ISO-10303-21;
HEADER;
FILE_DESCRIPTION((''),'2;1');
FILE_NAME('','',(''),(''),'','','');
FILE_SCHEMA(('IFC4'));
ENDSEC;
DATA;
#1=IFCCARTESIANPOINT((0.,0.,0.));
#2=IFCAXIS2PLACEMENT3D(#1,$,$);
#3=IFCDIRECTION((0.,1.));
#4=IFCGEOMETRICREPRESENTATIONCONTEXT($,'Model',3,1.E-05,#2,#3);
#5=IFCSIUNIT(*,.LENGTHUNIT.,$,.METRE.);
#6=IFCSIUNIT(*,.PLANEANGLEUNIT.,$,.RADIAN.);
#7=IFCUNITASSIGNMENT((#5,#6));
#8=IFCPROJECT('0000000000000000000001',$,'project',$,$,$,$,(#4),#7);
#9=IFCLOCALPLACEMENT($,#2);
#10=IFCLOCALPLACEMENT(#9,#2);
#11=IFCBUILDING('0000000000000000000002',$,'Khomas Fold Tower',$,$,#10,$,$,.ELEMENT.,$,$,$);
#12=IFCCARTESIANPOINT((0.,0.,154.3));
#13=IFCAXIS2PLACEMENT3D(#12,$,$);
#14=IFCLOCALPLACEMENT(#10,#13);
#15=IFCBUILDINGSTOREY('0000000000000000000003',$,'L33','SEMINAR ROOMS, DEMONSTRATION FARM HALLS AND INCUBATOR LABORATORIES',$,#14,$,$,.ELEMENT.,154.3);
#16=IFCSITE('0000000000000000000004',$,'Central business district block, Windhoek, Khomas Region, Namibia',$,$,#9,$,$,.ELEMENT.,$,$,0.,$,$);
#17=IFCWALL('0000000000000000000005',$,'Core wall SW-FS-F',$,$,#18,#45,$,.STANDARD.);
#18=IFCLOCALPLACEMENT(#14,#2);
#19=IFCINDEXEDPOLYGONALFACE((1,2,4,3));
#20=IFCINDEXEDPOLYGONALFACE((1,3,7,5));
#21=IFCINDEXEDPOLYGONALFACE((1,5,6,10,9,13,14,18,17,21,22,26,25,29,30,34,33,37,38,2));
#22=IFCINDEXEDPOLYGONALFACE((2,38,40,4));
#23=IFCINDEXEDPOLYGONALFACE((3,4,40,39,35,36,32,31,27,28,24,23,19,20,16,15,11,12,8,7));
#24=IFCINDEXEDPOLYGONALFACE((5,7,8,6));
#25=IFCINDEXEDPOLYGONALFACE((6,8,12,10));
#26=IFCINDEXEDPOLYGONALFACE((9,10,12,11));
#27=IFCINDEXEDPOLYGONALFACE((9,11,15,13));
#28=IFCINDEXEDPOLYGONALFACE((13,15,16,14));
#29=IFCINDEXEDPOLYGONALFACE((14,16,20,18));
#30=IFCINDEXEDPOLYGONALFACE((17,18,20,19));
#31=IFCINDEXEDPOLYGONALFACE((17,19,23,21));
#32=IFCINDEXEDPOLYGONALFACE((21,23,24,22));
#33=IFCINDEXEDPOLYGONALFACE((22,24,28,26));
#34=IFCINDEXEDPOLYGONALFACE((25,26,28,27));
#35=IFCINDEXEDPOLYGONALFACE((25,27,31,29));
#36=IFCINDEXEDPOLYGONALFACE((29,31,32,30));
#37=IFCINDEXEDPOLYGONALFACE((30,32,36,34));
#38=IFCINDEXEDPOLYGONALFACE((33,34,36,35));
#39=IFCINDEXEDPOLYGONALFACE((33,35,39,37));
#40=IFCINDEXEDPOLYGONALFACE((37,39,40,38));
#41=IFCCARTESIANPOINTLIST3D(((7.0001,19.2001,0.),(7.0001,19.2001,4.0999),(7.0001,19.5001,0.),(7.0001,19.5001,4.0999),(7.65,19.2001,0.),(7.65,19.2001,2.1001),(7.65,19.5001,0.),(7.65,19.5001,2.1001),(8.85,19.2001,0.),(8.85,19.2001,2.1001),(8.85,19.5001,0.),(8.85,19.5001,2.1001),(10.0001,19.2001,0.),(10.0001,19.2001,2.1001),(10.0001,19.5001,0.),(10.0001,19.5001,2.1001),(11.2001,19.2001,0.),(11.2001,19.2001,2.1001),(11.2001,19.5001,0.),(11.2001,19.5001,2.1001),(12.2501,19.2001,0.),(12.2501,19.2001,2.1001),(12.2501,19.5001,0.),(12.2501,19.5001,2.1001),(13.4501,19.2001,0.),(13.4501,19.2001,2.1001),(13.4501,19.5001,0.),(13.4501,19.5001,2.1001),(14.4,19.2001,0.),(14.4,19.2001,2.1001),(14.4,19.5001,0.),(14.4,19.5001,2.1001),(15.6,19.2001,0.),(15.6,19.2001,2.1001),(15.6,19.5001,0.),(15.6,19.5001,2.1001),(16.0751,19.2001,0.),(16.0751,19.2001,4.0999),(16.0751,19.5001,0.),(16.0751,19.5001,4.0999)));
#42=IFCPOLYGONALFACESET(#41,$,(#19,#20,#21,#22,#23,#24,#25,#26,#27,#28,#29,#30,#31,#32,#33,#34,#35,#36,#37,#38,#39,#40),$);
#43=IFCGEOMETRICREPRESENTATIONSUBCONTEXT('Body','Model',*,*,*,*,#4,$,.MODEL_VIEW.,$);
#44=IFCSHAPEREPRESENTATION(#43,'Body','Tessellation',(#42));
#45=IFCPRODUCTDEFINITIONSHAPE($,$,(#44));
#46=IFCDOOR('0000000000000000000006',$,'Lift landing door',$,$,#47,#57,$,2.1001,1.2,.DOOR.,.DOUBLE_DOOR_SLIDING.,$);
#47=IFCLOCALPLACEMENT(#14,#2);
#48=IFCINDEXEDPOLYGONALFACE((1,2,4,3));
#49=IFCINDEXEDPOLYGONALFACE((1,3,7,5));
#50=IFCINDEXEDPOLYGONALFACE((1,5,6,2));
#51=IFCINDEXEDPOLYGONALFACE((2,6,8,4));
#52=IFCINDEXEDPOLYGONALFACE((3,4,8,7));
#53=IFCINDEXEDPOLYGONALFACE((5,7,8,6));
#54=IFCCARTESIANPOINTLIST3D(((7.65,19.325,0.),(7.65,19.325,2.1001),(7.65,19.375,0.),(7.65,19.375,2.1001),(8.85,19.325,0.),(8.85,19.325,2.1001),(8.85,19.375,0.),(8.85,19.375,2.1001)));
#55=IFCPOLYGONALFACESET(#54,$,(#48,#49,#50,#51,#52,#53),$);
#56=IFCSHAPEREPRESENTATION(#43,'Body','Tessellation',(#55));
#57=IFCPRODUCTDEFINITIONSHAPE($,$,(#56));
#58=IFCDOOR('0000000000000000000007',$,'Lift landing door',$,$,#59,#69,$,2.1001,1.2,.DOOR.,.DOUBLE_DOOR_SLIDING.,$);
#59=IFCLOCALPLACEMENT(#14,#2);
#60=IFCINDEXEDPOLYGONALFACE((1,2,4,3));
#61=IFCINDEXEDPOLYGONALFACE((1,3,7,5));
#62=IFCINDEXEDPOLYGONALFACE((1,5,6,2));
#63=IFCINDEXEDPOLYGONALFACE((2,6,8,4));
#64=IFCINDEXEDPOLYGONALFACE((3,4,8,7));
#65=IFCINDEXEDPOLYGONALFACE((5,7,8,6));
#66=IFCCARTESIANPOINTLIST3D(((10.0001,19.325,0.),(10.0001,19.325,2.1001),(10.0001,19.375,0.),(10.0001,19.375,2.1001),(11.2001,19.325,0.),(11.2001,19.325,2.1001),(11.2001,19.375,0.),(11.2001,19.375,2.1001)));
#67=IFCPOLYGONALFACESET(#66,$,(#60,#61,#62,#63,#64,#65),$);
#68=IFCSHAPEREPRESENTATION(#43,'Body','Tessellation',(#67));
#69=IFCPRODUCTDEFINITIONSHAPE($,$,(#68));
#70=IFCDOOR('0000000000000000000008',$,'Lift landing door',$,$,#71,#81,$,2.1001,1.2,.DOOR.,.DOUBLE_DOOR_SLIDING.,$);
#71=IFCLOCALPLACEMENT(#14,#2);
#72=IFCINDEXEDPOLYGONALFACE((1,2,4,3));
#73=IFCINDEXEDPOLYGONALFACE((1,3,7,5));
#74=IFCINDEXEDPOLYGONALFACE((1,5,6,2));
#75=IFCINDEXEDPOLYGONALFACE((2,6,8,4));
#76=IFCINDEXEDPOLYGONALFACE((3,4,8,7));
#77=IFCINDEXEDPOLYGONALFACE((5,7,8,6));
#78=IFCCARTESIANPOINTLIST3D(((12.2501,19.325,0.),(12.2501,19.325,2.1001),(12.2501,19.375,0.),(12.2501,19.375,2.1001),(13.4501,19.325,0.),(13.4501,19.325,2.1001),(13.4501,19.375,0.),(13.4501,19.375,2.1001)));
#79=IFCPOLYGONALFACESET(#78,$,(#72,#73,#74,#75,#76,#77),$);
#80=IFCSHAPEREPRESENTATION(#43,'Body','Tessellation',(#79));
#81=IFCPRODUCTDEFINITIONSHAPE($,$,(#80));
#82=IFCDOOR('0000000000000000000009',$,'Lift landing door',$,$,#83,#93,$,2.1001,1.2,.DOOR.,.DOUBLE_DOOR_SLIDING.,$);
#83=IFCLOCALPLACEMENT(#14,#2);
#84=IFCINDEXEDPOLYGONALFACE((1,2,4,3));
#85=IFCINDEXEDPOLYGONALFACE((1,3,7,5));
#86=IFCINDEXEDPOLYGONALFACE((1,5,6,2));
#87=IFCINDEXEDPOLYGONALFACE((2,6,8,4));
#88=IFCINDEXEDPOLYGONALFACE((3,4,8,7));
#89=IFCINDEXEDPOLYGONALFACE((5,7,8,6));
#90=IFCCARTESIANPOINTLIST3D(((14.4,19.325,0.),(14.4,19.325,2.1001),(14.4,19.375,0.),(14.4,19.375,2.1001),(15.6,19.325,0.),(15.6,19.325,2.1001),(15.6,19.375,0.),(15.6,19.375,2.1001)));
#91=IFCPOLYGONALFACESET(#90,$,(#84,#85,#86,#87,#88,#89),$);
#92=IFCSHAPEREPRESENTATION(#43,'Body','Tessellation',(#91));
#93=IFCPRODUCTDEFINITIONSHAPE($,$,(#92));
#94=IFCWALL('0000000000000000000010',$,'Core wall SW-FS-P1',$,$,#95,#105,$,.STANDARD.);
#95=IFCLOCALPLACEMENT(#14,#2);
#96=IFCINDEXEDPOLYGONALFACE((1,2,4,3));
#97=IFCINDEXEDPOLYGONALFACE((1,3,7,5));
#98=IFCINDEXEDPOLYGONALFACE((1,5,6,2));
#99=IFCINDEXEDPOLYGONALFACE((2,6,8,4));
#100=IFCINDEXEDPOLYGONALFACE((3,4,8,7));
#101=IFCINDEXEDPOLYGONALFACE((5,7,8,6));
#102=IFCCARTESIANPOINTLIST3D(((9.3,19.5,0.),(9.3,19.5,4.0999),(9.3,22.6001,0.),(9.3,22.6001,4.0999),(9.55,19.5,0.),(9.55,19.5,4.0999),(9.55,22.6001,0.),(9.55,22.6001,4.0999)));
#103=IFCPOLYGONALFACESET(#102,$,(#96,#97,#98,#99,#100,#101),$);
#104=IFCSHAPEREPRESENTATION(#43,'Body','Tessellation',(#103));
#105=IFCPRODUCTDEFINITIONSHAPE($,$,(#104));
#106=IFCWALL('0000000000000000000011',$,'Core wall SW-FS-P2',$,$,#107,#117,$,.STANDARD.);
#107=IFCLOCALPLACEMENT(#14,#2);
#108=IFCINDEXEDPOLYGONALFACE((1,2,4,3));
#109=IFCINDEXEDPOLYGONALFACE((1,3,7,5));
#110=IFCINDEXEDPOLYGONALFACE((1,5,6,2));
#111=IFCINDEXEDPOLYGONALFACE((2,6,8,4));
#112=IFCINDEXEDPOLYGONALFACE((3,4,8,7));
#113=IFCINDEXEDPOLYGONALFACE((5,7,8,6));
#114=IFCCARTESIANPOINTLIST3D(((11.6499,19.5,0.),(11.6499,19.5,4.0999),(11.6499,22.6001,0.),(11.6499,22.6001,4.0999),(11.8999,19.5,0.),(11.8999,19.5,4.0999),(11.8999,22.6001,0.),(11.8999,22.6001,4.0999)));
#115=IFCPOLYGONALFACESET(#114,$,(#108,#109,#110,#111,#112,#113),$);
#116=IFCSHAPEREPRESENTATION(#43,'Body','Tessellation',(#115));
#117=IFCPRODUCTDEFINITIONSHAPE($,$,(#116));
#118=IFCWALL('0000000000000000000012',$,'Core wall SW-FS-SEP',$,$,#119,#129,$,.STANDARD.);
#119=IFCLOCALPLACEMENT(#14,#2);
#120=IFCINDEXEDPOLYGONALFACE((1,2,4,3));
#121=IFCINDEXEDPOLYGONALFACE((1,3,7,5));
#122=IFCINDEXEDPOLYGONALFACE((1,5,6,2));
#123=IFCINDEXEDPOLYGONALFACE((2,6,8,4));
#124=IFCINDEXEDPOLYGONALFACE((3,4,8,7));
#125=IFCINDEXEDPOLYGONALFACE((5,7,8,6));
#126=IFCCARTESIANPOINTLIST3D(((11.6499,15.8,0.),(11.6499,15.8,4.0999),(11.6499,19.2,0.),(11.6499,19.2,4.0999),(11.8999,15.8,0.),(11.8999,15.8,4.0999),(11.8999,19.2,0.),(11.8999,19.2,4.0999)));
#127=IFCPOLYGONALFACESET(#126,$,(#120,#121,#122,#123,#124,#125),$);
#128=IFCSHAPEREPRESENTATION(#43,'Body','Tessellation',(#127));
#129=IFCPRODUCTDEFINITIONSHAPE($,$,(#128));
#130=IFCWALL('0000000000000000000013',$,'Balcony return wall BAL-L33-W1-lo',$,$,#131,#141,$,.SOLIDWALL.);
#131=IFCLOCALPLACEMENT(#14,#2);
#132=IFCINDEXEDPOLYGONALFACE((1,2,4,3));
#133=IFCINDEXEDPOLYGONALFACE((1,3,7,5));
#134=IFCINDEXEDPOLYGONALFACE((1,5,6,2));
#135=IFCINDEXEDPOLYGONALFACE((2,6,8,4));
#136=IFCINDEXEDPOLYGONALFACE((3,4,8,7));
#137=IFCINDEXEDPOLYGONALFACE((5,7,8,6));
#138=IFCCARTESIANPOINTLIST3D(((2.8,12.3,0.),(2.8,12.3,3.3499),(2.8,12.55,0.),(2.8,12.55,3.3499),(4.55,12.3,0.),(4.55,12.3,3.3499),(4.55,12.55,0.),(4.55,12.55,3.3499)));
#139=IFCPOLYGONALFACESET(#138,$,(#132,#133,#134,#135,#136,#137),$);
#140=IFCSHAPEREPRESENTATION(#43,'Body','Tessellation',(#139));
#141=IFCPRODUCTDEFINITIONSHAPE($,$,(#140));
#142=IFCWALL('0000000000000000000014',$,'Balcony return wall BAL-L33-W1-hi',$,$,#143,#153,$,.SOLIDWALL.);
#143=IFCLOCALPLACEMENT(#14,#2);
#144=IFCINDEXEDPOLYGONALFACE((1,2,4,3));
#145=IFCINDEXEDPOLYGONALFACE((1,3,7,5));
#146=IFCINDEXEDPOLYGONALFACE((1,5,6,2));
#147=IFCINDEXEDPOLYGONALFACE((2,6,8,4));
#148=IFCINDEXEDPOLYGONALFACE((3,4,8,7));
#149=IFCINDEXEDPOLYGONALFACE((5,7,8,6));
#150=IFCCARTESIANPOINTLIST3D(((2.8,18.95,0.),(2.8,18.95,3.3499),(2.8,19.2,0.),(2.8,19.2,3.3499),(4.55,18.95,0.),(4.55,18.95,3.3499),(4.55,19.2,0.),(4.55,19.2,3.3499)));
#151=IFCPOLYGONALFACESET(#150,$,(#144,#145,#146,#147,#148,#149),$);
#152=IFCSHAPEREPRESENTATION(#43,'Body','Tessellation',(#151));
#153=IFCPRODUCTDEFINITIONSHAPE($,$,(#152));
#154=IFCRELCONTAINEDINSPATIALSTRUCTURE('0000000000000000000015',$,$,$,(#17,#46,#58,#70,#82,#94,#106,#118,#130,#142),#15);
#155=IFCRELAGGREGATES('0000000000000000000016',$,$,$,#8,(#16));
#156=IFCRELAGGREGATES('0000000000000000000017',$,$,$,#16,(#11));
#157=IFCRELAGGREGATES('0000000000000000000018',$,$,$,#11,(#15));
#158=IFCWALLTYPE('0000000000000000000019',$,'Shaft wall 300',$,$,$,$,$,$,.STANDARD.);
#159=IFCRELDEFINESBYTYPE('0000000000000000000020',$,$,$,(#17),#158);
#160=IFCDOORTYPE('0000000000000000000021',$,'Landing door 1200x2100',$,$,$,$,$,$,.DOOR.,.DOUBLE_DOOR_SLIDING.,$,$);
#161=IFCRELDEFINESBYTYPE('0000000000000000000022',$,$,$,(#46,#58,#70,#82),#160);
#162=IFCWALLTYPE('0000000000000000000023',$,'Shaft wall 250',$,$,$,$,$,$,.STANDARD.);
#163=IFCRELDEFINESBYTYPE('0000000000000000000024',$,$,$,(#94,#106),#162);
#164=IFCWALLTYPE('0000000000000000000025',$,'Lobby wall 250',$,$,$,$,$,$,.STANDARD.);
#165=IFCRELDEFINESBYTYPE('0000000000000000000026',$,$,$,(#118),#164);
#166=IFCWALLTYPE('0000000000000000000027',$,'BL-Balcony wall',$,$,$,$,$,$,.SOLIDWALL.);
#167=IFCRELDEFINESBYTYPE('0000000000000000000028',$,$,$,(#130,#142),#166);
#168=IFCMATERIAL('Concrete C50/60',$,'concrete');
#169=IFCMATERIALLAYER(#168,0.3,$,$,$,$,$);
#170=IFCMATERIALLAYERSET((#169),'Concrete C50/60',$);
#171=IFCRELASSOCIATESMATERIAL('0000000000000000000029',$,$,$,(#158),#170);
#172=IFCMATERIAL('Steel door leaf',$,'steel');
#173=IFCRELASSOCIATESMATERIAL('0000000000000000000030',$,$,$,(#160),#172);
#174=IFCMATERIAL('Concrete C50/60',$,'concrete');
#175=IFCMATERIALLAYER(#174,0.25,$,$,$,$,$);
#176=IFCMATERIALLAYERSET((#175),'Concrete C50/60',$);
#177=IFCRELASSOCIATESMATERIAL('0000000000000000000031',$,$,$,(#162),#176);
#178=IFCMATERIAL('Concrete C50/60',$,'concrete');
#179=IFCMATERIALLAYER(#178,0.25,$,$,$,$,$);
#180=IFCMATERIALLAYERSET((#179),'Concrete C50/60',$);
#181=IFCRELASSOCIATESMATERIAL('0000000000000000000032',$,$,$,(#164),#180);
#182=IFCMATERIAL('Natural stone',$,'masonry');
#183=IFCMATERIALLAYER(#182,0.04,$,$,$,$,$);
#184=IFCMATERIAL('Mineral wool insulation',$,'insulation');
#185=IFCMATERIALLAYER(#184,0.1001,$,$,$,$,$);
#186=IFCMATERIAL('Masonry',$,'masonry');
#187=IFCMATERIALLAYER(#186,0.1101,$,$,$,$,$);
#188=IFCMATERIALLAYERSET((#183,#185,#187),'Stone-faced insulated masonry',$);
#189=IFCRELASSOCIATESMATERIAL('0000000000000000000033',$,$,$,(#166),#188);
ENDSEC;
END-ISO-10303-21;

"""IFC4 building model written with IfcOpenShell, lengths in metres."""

from ifc_helpers import new_model, si_unit, direction, frame, frame_2d, origin, place, context, subcontext, project, spatial, rectangle, extrude, source, transform, mapped, material, layer, layer_set, type_object, element, fill, save


model = new_model("IFC4")

# Units and contexts
model_context = context("Model", 3, precision=1e-05, world=origin(), true_north=direction((0.0, 1.0)))
body_context = subcontext(model_context, "Body", "Model", "MODEL_VIEW")
ifc_project = project(units=[si_unit("LENGTHUNIT", "METRE"), si_unit("PLANEANGLEUNIT", "RADIAN")], contexts=[model_context])

# Site, building, storey
site_placement = place(None, origin())
site = spatial("IfcSite", under=ifc_project, at=site_placement, Name="Central business district block, Windhoek, Khomas Region, Namibia", CompositionType="ELEMENT", RefElevation=0.0)
building_placement = place(site_placement, origin())
building = spatial("IfcBuilding", under=site, at=building_placement, Name="Khomas Fold Tower", CompositionType="ELEMENT")
storey_placement = place(building_placement, frame((0.0, 0.0, 154.3)))
storey = spatial("IfcBuildingStorey", under=building, at=storey_placement, Name="L33", Description="SEMINAR ROOMS, DEMONSTRATION FARM HALLS AND INCUBATOR LABORATORIES", CompositionType="ELEMENT", Elevation=154.3)

# Shared definitions
shared_shape_1 = source(origin(), body_context, "Body", "SweptSolid", [
    extrude(rectangle(XDim=1.2, YDim=2.1001, at=frame_2d((0.6001, 1.05))), frame((0.0, 0.0249, 0.0), z_axis=(0.0, -1.0, 0.0), x_axis=(1.0, 0.0, 0.0)), (0.0, 0.0, 1.0), 0.05),
])

# Shared definitions
ifc_material_1 = material(Name="Concrete C50/60", Category="concrete")
ifc_layer_1 = layer(ifc_material_1, 0.3)
ifc_layer_set_1 = layer_set([ifc_layer_1], Name="Concrete C50/60")
wall_type_1 = type_object("IfcWallType", Name="Shaft wall 300", PredefinedType="STANDARD", material=ifc_layer_set_1)

# Wall, openings, doors
shared_shape_2 = source(origin(), body_context, "Body", "SweptSolid", [
    extrude(rectangle(XDim=9.075, YDim=0.3, at=frame_2d((4.5376, 0.0))), origin(), (0.0, 0.0, 1.0), 4.0999),
])
wall_1_placement = place(storey_placement, frame((7.0, 19.3501, 0.0), z_axis=(0.0, 0.0, 1.0), x_axis=(1.0, 0.0, 0.0)))
wall_1 = element("IfcWall", 1, at=wall_1_placement, inside=storey, type_object=wall_type_1, Name="Core wall SW-FS-F", PredefinedType="STANDARD", context=body_context, shape_type="MappedRepresentation", body=[
    mapped(shared_shape_2, transform((0.0, 0.0, 0.0))),
])
shared_shape_3 = source(origin(), body_context, "Body", "SweptSolid", [
    extrude(rectangle(XDim=1.2, YDim=2.1001, at=frame_2d((0.6001, 1.05))), frame((0.0, 0.1599, 0.0), z_axis=(0.0, -1.0, 0.0), x_axis=(1.0, 0.0, 0.0)), (0.0, 0.0, 1.0), 0.3201),
])
opening_1_placement = place(wall_1_placement, frame((0.6499, 0.0, 0.0)))
opening_1 = element("IfcOpeningElement", 2, at=opening_1_placement, cuts=wall_1, PredefinedType="OPENING", context=body_context, shape_type="MappedRepresentation", body=[
    mapped(shared_shape_3, transform((0.0, 0.0, 0.0))),
])
opening_2_placement = place(wall_1_placement, frame((3.0, 0.0, 0.0)))
opening_2 = element("IfcOpeningElement", 3, at=opening_2_placement, cuts=wall_1, PredefinedType="OPENING", context=body_context, shape_type="MappedRepresentation", body=[
    mapped(shared_shape_3, transform((0.0, 0.0, 0.0))),
])
opening_3_placement = place(wall_1_placement, frame((5.25, 0.0, 0.0)))
opening_3 = element("IfcOpeningElement", 4, at=opening_3_placement, cuts=wall_1, PredefinedType="OPENING", context=body_context, shape_type="MappedRepresentation", body=[
    mapped(shared_shape_3, transform((0.0, 0.0, 0.0))),
])
opening_4_placement = place(wall_1_placement, frame((7.3999, 0.0, 0.0)))
opening_4 = element("IfcOpeningElement", 5, at=opening_4_placement, cuts=wall_1, PredefinedType="OPENING", context=body_context, shape_type="MappedRepresentation", body=[
    mapped(shared_shape_3, transform((0.0, 0.0, 0.0))),
])
ifc_material_2 = material(Name="Steel door leaf", Category="steel")
door_type_1 = type_object("IfcDoorType", Name="Landing door 1200x2100", OperationType="DOUBLE_DOOR_SLIDING", PredefinedType="DOOR", material=ifc_material_2)
door_1_placement = place(opening_1_placement, origin())
door_1 = element("IfcDoor", 6, at=door_1_placement, inside=storey, type_object=door_type_1, Name="Lift landing door", OperationType="DOUBLE_DOOR_SLIDING", OverallHeight=2.1001, OverallWidth=1.2, PredefinedType="DOOR", context=body_context, shape_type="MappedRepresentation", body=[
    mapped(shared_shape_1, transform((0.0, 0.0, 0.0))),
])
fill(opening_1, door_1)
door_2_placement = place(opening_2_placement, origin())
door_2 = element("IfcDoor", 7, at=door_2_placement, inside=storey, type_object=door_type_1, Name="Lift landing door", OperationType="DOUBLE_DOOR_SLIDING", OverallHeight=2.1001, OverallWidth=1.2, PredefinedType="DOOR", context=body_context, shape_type="MappedRepresentation", body=[
    mapped(shared_shape_1, transform((0.0, 0.0, 0.0))),
])
fill(opening_2, door_2)
door_3_placement = place(opening_3_placement, origin())
door_3 = element("IfcDoor", 8, at=door_3_placement, inside=storey, type_object=door_type_1, Name="Lift landing door", OperationType="DOUBLE_DOOR_SLIDING", OverallHeight=2.1001, OverallWidth=1.2, PredefinedType="DOOR", context=body_context, shape_type="MappedRepresentation", body=[
    mapped(shared_shape_1, transform((0.0, 0.0, 0.0))),
])
fill(opening_3, door_3)
door_4_placement = place(opening_4_placement, origin())
door_4 = element("IfcDoor", 9, at=door_4_placement, inside=storey, type_object=door_type_1, Name="Lift landing door", OperationType="DOUBLE_DOOR_SLIDING", OverallHeight=2.1001, OverallWidth=1.2, PredefinedType="DOOR", context=body_context, shape_type="MappedRepresentation", body=[
    mapped(shared_shape_1, transform((0.0, 0.0, 0.0))),
])
fill(opening_4, door_4)

# Walls
ifc_material_3 = material(Name="Concrete C50/60", Category="concrete")
ifc_layer_2 = layer(ifc_material_3, 0.25)
ifc_layer_set_2 = layer_set([ifc_layer_2], Name="Concrete C50/60")
wall_type_2 = type_object("IfcWallType", Name="Shaft wall 250", PredefinedType="STANDARD", material=ifc_layer_set_2)
shared_shape_4 = source(origin(), body_context, "Body", "SweptSolid", [
    extrude(rectangle(XDim=3.1001, YDim=0.25, at=frame_2d((1.55, 0.0))), origin(), (0.0, 0.0, 1.0), 4.0999),
])
for number, where, z_axis, x_axis, name in (
    (10, (9.425, 19.5, 0.0), (0.0, 0.0, 1.0), (0.0, 1.0, 0.0), "Core wall SW-FS-P1"),
    (11, (11.7749, 19.5, 0.0), (0.0, 0.0, 1.0), (0.0, 1.0, 0.0), "Core wall SW-FS-P2"),
):
    element("IfcWall", number, at=place(storey_placement, frame(where, z_axis=z_axis, x_axis=x_axis)), inside=storey, type_object=wall_type_2, Name=name, PredefinedType="STANDARD", context=body_context, shape_type="MappedRepresentation", body=[
        mapped(shared_shape_4, transform((0.0, 0.0, 0.0))),
    ])
ifc_material_4 = material(Name="Concrete C50/60", Category="concrete")
ifc_layer_3 = layer(ifc_material_4, 0.25)
ifc_layer_set_3 = layer_set([ifc_layer_3], Name="Concrete C50/60")
wall_type_3 = type_object("IfcWallType", Name="Lobby wall 250", PredefinedType="STANDARD", material=ifc_layer_set_3)
shared_shape_5 = source(origin(), body_context, "Body", "SweptSolid", [
    extrude(rectangle(XDim=3.3999, YDim=0.25, at=frame_2d((1.7, 0.0))), origin(), (0.0, 0.0, 1.0), 4.0999),
])
wall_2_placement = place(storey_placement, frame((11.7749, 15.8, 0.0), z_axis=(0.0, 0.0, 1.0), x_axis=(0.0, 1.0, 0.0)))
element("IfcWall", 12, at=wall_2_placement, inside=storey, type_object=wall_type_3, Name="Core wall SW-FS-SEP", PredefinedType="STANDARD", context=body_context, shape_type="MappedRepresentation", body=[
    mapped(shared_shape_5, transform((0.0, 0.0, 0.0))),
])

# Shared definitions
ifc_material_5 = material(Name="Natural stone", Category="masonry")
ifc_layer_4 = layer(ifc_material_5, 0.04)
ifc_material_6 = material(Name="Mineral wool insulation", Category="insulation")
ifc_layer_5 = layer(ifc_material_6, 0.1001)
ifc_material_7 = material(Name="Masonry", Category="masonry")
ifc_layer_6 = layer(ifc_material_7, 0.1101)
ifc_layer_set_4 = layer_set([ifc_layer_4, ifc_layer_5, ifc_layer_6], Name="Stone-faced insulated masonry")
wall_type_4 = type_object("IfcWallType", Name="BL-Balcony wall", PredefinedType="SOLIDWALL", material=ifc_layer_set_4)

# Walls
shared_shape_6 = source(origin(), body_context, "Body", "SweptSolid", [
    extrude(rectangle(XDim=1.75, YDim=0.25, at=frame_2d((0.875, 0.0))), origin(), (0.0, 0.0, 1.0), 3.3499),
])
for number, where, z_axis, x_axis, name in (
    (13, (2.8, 12.425, 0.0), (0.0, 0.0, 1.0), (1.0, 0.0, 0.0), "Balcony return wall BAL-L33-W1-lo"),
    (14, (2.8, 19.075, 0.0), (0.0, 0.0, 1.0), (1.0, 0.0, 0.0), "Balcony return wall BAL-L33-W1-hi"),
):
    element("IfcWall", number, at=place(storey_placement, frame(where, z_axis=z_axis, x_axis=x_axis)), inside=storey, type_object=wall_type_4, Name=name, PredefinedType="SOLIDWALL", context=body_context, shape_type="MappedRepresentation", body=[
        mapped(shared_shape_6, transform((0.0, 0.0, 0.0))),
    ])

save(model, "model.ifc")
